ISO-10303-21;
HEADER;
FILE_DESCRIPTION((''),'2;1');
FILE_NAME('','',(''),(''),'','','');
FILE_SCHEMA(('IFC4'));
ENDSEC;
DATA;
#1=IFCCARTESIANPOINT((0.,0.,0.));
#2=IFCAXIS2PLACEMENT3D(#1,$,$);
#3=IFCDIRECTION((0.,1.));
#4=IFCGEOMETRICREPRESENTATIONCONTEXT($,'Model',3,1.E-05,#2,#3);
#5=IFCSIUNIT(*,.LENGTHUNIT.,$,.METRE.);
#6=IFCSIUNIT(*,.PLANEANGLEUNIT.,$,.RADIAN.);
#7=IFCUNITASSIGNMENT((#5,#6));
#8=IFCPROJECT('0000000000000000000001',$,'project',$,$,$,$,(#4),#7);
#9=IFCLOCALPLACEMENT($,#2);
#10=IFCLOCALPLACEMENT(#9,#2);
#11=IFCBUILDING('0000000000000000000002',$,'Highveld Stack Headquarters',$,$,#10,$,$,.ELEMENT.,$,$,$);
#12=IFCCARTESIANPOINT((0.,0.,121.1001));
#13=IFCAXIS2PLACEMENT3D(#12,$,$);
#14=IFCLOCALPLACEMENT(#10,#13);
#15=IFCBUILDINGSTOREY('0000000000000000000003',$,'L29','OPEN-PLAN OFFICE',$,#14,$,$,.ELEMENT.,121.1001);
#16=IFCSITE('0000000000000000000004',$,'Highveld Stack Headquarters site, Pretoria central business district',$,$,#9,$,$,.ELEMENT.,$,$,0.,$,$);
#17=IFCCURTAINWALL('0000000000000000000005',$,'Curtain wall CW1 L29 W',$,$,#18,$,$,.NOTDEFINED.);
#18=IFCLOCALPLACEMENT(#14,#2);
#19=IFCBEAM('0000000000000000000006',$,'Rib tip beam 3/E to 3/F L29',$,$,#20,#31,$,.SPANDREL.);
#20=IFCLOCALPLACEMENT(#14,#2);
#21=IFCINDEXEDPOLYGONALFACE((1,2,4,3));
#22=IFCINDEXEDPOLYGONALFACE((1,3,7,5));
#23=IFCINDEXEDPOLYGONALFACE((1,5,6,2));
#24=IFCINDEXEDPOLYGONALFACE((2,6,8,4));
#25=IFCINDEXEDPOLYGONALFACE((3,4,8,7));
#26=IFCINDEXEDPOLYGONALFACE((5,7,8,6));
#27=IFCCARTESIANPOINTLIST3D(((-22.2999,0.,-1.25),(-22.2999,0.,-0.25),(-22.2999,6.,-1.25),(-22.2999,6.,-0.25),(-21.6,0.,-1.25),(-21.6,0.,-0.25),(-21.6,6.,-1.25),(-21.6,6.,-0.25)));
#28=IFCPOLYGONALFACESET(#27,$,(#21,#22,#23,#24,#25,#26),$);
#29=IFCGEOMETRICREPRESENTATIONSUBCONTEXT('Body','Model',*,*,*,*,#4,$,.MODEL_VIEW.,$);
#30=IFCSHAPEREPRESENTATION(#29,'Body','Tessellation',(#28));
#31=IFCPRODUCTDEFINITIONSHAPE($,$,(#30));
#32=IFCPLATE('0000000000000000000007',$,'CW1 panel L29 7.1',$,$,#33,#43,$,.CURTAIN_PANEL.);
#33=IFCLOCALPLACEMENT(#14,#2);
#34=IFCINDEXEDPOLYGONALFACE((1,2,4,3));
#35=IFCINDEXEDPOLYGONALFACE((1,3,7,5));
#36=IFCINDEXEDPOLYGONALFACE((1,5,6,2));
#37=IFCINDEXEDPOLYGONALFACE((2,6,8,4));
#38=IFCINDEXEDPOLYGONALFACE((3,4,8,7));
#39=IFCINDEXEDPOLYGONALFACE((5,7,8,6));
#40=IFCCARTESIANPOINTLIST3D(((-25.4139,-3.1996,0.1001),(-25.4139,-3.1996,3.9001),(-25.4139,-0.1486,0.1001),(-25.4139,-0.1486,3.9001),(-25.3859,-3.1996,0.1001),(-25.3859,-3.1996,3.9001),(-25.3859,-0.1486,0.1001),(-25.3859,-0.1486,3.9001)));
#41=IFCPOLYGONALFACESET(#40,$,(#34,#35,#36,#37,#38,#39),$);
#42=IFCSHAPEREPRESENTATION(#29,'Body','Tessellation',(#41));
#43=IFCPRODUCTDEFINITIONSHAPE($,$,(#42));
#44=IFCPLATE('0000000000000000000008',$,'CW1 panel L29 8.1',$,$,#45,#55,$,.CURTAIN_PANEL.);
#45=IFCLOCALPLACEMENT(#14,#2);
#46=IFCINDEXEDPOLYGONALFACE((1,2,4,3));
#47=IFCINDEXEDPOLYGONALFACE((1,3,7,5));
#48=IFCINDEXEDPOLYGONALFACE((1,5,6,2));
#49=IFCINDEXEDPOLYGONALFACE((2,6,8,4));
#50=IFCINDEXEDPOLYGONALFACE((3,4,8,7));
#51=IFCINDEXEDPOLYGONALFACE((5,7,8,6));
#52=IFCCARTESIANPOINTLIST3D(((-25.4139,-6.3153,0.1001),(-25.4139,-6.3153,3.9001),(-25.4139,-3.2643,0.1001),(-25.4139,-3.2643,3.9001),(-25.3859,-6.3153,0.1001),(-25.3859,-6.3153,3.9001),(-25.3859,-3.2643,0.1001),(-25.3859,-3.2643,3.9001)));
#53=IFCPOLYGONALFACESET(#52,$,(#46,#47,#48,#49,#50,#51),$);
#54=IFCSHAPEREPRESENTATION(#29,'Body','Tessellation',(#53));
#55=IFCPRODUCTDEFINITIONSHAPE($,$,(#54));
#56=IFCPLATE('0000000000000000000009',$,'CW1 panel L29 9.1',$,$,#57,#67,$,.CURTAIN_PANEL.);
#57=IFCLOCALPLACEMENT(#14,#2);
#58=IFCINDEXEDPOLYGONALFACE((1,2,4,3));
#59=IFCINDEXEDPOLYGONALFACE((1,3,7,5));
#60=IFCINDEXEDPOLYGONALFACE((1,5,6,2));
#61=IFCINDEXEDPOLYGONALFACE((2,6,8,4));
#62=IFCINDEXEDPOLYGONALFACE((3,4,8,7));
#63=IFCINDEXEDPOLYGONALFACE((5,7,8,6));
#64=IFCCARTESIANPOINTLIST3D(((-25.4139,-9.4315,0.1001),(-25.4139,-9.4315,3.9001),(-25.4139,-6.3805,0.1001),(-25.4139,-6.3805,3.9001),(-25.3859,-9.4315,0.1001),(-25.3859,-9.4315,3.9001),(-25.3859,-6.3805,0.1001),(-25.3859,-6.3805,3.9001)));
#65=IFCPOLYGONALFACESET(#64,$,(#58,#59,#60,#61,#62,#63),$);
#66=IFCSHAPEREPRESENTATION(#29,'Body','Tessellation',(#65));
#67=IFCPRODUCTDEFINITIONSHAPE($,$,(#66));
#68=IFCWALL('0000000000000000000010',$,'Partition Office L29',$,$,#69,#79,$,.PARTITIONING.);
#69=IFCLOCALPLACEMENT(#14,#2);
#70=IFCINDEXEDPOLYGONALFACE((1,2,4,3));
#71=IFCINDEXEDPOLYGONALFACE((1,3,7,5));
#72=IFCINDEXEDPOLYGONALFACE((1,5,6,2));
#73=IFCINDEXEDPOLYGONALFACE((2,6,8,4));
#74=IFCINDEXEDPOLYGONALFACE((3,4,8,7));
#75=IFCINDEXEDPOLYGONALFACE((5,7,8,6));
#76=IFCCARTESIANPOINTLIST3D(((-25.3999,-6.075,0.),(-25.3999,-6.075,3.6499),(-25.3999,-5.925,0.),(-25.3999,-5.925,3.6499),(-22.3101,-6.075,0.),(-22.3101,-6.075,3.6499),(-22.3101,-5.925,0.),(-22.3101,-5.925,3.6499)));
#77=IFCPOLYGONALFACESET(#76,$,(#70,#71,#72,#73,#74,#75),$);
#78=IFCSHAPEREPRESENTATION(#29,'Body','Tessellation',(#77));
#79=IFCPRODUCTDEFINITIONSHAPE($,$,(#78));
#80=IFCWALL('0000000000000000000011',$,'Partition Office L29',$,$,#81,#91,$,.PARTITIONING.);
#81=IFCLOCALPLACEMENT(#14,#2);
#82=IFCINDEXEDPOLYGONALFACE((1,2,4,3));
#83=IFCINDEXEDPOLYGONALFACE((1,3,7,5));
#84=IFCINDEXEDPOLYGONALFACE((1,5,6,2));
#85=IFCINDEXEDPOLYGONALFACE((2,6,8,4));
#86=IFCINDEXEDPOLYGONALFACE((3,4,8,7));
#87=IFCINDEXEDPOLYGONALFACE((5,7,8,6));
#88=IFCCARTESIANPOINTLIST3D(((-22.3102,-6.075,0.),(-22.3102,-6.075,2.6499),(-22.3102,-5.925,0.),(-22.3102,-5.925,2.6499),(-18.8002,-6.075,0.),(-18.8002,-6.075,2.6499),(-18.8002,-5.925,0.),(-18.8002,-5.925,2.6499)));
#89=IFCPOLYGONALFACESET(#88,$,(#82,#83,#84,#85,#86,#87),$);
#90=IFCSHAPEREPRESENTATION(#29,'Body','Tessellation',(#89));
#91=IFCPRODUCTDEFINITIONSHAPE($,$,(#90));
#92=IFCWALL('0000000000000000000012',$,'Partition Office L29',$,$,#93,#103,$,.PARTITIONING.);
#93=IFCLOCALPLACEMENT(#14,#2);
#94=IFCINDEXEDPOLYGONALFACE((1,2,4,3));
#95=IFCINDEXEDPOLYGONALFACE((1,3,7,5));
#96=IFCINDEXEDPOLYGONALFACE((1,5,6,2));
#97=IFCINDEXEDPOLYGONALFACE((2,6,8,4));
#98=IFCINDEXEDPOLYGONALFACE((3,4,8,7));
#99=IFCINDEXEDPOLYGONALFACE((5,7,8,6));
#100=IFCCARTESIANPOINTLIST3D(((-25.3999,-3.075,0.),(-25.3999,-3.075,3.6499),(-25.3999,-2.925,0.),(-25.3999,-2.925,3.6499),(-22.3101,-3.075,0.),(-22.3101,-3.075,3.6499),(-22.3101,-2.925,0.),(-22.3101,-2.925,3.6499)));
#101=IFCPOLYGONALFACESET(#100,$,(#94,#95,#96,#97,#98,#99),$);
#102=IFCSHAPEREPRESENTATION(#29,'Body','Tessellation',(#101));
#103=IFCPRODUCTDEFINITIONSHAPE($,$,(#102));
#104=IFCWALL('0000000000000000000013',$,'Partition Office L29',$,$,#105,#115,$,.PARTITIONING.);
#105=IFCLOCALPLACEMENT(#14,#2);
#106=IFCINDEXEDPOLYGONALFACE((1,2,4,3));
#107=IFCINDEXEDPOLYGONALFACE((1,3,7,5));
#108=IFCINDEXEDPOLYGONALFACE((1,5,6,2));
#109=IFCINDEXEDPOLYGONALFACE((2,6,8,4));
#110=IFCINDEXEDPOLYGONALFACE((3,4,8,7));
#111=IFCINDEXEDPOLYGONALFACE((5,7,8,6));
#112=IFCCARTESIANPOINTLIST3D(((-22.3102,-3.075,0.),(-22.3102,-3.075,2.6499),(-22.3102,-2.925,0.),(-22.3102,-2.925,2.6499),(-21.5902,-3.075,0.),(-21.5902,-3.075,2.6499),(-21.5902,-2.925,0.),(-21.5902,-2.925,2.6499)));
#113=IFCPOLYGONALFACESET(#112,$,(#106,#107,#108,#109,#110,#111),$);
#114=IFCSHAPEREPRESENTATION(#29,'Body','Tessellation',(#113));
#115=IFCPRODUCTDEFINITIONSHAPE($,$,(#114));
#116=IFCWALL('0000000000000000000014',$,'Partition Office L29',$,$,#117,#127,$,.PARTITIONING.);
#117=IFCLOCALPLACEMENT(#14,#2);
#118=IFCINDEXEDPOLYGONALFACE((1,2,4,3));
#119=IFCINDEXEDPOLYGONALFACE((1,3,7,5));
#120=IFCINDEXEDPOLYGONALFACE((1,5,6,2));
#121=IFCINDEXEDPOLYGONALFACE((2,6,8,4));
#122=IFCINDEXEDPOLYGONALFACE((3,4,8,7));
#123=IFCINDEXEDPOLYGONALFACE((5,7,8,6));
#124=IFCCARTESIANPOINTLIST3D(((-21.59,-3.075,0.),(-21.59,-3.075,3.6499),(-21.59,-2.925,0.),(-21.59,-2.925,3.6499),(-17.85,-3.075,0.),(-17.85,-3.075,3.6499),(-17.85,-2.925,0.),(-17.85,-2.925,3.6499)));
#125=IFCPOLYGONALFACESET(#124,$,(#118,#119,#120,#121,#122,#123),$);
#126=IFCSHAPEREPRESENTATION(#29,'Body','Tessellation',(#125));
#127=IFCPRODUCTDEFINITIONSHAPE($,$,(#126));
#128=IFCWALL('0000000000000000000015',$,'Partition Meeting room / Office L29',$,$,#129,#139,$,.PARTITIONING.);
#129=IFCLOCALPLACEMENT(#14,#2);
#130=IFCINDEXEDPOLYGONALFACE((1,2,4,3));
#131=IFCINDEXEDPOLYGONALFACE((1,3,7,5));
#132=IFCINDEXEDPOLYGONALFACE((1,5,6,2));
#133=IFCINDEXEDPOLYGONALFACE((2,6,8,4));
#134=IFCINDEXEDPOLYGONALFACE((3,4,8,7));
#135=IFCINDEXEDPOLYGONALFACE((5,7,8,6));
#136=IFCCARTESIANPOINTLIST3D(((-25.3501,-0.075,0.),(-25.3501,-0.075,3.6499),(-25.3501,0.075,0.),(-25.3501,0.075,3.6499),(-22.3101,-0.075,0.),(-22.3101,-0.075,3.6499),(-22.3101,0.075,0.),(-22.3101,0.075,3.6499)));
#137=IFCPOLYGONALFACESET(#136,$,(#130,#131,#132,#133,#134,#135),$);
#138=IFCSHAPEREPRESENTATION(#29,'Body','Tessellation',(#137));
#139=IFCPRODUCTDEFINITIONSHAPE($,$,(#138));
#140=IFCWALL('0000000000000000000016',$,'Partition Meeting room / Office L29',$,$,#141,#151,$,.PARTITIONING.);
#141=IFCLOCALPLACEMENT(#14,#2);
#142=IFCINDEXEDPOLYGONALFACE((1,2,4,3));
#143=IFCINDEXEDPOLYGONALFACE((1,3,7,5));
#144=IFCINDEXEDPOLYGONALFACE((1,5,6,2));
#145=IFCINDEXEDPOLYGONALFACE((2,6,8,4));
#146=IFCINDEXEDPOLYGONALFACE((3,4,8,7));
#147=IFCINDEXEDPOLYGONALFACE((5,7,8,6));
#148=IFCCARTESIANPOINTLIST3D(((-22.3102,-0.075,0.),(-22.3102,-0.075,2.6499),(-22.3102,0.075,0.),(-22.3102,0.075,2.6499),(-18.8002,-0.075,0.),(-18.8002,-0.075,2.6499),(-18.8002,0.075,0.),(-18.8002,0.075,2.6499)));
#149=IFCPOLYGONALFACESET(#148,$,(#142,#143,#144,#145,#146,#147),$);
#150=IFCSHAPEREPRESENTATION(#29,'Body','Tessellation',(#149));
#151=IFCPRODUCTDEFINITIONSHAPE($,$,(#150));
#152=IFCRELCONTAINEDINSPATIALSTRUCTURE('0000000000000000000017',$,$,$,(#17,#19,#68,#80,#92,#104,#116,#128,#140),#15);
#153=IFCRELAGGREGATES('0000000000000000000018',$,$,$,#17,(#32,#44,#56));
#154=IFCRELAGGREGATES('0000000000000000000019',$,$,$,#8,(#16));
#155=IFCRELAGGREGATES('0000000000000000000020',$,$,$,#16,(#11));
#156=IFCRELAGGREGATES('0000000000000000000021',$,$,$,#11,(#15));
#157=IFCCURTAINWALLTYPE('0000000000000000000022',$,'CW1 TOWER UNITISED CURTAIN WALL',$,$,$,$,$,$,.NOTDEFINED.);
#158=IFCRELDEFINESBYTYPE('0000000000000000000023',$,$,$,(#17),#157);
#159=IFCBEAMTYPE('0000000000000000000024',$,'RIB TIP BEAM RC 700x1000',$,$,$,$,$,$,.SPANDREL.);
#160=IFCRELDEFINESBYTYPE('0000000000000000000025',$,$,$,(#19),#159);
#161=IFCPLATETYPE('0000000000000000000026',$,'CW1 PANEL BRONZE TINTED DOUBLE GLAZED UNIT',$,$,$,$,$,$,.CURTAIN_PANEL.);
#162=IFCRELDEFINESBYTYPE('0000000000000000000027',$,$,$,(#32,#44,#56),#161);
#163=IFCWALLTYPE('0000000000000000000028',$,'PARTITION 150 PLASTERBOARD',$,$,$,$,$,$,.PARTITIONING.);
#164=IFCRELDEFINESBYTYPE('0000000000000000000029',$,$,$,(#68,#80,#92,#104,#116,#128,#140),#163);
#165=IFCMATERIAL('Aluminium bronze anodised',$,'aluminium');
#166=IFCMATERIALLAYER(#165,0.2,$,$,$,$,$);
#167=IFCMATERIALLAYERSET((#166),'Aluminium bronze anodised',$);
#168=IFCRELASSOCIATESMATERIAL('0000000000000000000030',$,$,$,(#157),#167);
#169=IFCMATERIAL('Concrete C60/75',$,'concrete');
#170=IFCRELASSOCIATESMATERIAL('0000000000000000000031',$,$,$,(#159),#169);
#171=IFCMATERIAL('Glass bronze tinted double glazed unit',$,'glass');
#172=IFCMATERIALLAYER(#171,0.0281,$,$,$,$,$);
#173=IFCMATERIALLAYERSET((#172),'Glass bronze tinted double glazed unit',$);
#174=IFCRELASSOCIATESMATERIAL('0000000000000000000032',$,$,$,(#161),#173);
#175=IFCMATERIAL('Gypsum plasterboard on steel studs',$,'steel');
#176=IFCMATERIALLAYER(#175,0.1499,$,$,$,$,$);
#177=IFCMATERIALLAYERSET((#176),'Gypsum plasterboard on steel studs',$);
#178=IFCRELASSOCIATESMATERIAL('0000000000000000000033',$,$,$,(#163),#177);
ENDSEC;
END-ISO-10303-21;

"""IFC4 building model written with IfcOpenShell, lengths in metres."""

from ifc_helpers import new_model, si_unit, direction, frame, frame_2d, origin, origin_2d, place, context, subcontext, project, spatial, rectangle, extrude, material, layer, layer_set, material_profile, profile_set, type_object, element, aggregate, save


model = new_model("IFC4")

# Units and contexts
model_context = context("Model", 3, precision=1e-05, world=origin(), true_north=direction((0.0, 1.0)))
body_context = subcontext(model_context, "Body", "Model", "MODEL_VIEW")
ifc_project = project(units=[si_unit("LENGTHUNIT", "METRE"), si_unit("PLANEANGLEUNIT", "RADIAN")], contexts=[model_context])

# Site, building, storey
site_placement = place(None, origin())
site = spatial("IfcSite", under=ifc_project, at=site_placement, Name="Highveld Stack Headquarters site, Pretoria central business district", CompositionType="ELEMENT", RefElevation=0.0)
building_placement = place(site_placement, origin())
building = spatial("IfcBuilding", under=site, at=building_placement, Name="Highveld Stack Headquarters", CompositionType="ELEMENT")
storey_placement = place(building_placement, frame((0.0, 0.0, 121.1001)))
storey = spatial("IfcBuildingStorey", under=building, at=storey_placement, Name="L29", Description="OPEN-PLAN OFFICE", CompositionType="ELEMENT", Elevation=121.1001)

# Curtain wall
ifc_material_1 = material(Name="Aluminium bronze anodised", Category="aluminium")
ifc_layer_1 = layer(ifc_material_1, 0.2)
ifc_layer_set_1 = layer_set([ifc_layer_1], Name="Aluminium bronze anodised")
curtain_wall_type = type_object("IfcCurtainWallType", Name="CW1 TOWER UNITISED CURTAIN WALL", PredefinedType="NOTDEFINED", material=ifc_layer_set_1)
curtain_wall_placement = place(storey_placement, origin())
curtain_wall = element("IfcCurtainWall", 1, at=curtain_wall_placement, inside=storey, type_object=curtain_wall_type, Name="Curtain wall CW1 L29 W", PredefinedType="NOTDEFINED")

# Beam
ifc_material_2 = material(Name="Concrete C60/75", Category="concrete")
ifc_material_profile_1 = material_profile(ifc_material_2, rectangle(XDim=0.7, YDim=1.0, at=origin_2d()), Name="RC 700x1000")
ifc_profile_set_1 = profile_set([ifc_material_profile_1], Name="Concrete C60/75")
beam_type = type_object("IfcBeamType", Name="RIB TIP BEAM RC 700x1000", PredefinedType="SPANDREL", material=ifc_profile_set_1)
for number, where, z_axis, x_axis, name in (
    (2, (-21.95, 0.0, -0.75), (0.0, 1.0, 0.0), (-1.0, 0.0, 0.0), "Rib tip beam 3/E to 3/F L29"),
):
    element("IfcBeam", number, at=place(storey_placement, frame(where, z_axis=z_axis, x_axis=x_axis)), inside=storey, type_object=beam_type, Name=name, PredefinedType="SPANDREL", context=body_context, shape_type="SweptSolid", body=[
        extrude(rectangle(XDim=0.7, YDim=1.0, at=origin_2d()), origin(), (0.0, 0.0, 1.0), 6.0),
    ])

# Plates
ifc_material_3 = material(Name="Glass bronze tinted double glazed unit", Category="glass")
ifc_layer_2 = layer(ifc_material_3, 0.0281)
ifc_layer_set_2 = layer_set([ifc_layer_2], Name="Glass bronze tinted double glazed unit")
plate_type = type_object("IfcPlateType", Name="CW1 PANEL BRONZE TINTED DOUBLE GLAZED UNIT", PredefinedType="CURTAIN_PANEL", material=ifc_layer_set_2)
plate_1_placement = place(storey_placement, frame((-25.3999, -1.6741, 0.1001), z_axis=(0.0, 0.0, 1.0), x_axis=(0.0, -1.0, 0.0)))
plate_1 = element("IfcPlate", 3, at=plate_1_placement, type_object=plate_type, Name="CW1 panel L29 7.1", PredefinedType="CURTAIN_PANEL", context=body_context, shape_type="SweptSolid", body=[
    extrude(rectangle(XDim=3.051, YDim=0.0281, at=origin_2d()), origin(), (0.0, 0.0, 1.0), 3.8),
])
plate_2_placement = place(storey_placement, frame((-25.3999, -4.7898, 0.1001), z_axis=(0.0, 0.0, 1.0), x_axis=(0.0, -1.0, 0.0)))
plate_2 = element("IfcPlate", 4, at=plate_2_placement, type_object=plate_type, Name="CW1 panel L29 8.1", PredefinedType="CURTAIN_PANEL", context=body_context, shape_type="SweptSolid", body=[
    extrude(rectangle(XDim=3.051, YDim=0.0281, at=origin_2d()), origin(), (0.0, 0.0, 1.0), 3.8),
])
plate_3_placement = place(storey_placement, frame((-25.3999, -7.906, 0.1001), z_axis=(0.0, 0.0, 1.0), x_axis=(0.0, -1.0, 0.0)))
plate_3 = element("IfcPlate", 5, at=plate_3_placement, type_object=plate_type, Name="CW1 panel L29 9.1", PredefinedType="CURTAIN_PANEL", context=body_context, shape_type="SweptSolid", body=[
    extrude(rectangle(XDim=3.051, YDim=0.0281, at=origin_2d()), origin(), (0.0, 0.0, 1.0), 3.8),
])
aggregate(curtain_wall, [plate_1, plate_2, plate_3])

# Walls
ifc_material_4 = material(Name="Gypsum plasterboard on steel studs", Category="steel")
ifc_layer_3 = layer(ifc_material_4, 0.1499)
ifc_layer_set_3 = layer_set([ifc_layer_3], Name="Gypsum plasterboard on steel studs")
wall_type = type_object("IfcWallType", Name="PARTITION 150 PLASTERBOARD", PredefinedType="PARTITIONING", material=ifc_layer_set_3)
wall_1_placement = place(storey_placement, frame((-25.3999, -6.0, 0.0), z_axis=(0.0, 0.0, 1.0), x_axis=(1.0, 0.0, 0.0)))
element("IfcWall", 6, at=wall_1_placement, inside=storey, type_object=wall_type, Name="Partition Office L29", PredefinedType="PARTITIONING", context=body_context, shape_type="SweptSolid", body=[
    extrude(rectangle(XDim=3.0898, YDim=0.1499, at=frame_2d((1.5449, 0.0))), origin(), (0.0, 0.0, 1.0), 3.6499),
])
wall_2_placement = place(storey_placement, frame((-22.3101, -6.0, 0.0), z_axis=(0.0, 0.0, 1.0), x_axis=(1.0, 0.0, 0.0)))
element("IfcWall", 7, at=wall_2_placement, inside=storey, type_object=wall_type, Name="Partition Office L29", PredefinedType="PARTITIONING", context=body_context, shape_type="SweptSolid", body=[
    extrude(rectangle(XDim=3.51, YDim=0.1499, at=frame_2d((1.7549, 0.0))), origin(), (0.0, 0.0, 1.0), 2.6499),
])
wall_3_placement = place(storey_placement, frame((-25.3999, -3.0, 0.0), z_axis=(0.0, 0.0, 1.0), x_axis=(1.0, 0.0, 0.0)))
element("IfcWall", 8, at=wall_3_placement, inside=storey, type_object=wall_type, Name="Partition Office L29", PredefinedType="PARTITIONING", context=body_context, shape_type="SweptSolid", body=[
    extrude(rectangle(XDim=3.0898, YDim=0.1499, at=frame_2d((1.5449, 0.0))), origin(), (0.0, 0.0, 1.0), 3.6499),
])
wall_4_placement = place(storey_placement, frame((-22.3101, -3.0, 0.0), z_axis=(0.0, 0.0, 1.0), x_axis=(1.0, 0.0, 0.0)))
element("IfcWall", 9, at=wall_4_placement, inside=storey, type_object=wall_type, Name="Partition Office L29", PredefinedType="PARTITIONING", context=body_context, shape_type="SweptSolid", body=[
    extrude(rectangle(XDim=0.72, YDim=0.1499, at=frame_2d((0.3599, 0.0))), origin(), (0.0, 0.0, 1.0), 2.6499),
])
wall_5_placement = place(storey_placement, frame((-21.5901, -3.0, 0.0), z_axis=(0.0, 0.0, 1.0), x_axis=(1.0, 0.0, 0.0)))
element("IfcWall", 10, at=wall_5_placement, inside=storey, type_object=wall_type, Name="Partition Office L29", PredefinedType="PARTITIONING", context=body_context, shape_type="SweptSolid", body=[
    extrude(rectangle(XDim=3.74, YDim=0.1499, at=frame_2d((1.8701, 0.0))), origin(), (0.0, 0.0, 1.0), 3.6499),
])
wall_6_placement = place(storey_placement, frame((-25.3501, 0.0, 0.0), z_axis=(0.0, 0.0, 1.0), x_axis=(1.0, 0.0, 0.0)))
element("IfcWall", 11, at=wall_6_placement, inside=storey, type_object=wall_type, Name="Partition Meeting room / Office L29", PredefinedType="PARTITIONING", context=body_context, shape_type="SweptSolid", body=[
    extrude(rectangle(XDim=3.04, YDim=0.1499, at=frame_2d((1.52, 0.0))), origin(), (0.0, 0.0, 1.0), 3.6499),
])
wall_7_placement = place(storey_placement, frame((-22.3101, 0.0, 0.0), z_axis=(0.0, 0.0, 1.0), x_axis=(1.0, 0.0, 0.0)))
element("IfcWall", 12, at=wall_7_placement, inside=storey, type_object=wall_type, Name="Partition Meeting room / Office L29", PredefinedType="PARTITIONING", context=body_context, shape_type="SweptSolid", body=[
    extrude(rectangle(XDim=3.51, YDim=0.1499, at=frame_2d((1.7549, 0.0))), origin(), (0.0, 0.0, 1.0), 2.6499),
])

save(model, "model.ifc")
